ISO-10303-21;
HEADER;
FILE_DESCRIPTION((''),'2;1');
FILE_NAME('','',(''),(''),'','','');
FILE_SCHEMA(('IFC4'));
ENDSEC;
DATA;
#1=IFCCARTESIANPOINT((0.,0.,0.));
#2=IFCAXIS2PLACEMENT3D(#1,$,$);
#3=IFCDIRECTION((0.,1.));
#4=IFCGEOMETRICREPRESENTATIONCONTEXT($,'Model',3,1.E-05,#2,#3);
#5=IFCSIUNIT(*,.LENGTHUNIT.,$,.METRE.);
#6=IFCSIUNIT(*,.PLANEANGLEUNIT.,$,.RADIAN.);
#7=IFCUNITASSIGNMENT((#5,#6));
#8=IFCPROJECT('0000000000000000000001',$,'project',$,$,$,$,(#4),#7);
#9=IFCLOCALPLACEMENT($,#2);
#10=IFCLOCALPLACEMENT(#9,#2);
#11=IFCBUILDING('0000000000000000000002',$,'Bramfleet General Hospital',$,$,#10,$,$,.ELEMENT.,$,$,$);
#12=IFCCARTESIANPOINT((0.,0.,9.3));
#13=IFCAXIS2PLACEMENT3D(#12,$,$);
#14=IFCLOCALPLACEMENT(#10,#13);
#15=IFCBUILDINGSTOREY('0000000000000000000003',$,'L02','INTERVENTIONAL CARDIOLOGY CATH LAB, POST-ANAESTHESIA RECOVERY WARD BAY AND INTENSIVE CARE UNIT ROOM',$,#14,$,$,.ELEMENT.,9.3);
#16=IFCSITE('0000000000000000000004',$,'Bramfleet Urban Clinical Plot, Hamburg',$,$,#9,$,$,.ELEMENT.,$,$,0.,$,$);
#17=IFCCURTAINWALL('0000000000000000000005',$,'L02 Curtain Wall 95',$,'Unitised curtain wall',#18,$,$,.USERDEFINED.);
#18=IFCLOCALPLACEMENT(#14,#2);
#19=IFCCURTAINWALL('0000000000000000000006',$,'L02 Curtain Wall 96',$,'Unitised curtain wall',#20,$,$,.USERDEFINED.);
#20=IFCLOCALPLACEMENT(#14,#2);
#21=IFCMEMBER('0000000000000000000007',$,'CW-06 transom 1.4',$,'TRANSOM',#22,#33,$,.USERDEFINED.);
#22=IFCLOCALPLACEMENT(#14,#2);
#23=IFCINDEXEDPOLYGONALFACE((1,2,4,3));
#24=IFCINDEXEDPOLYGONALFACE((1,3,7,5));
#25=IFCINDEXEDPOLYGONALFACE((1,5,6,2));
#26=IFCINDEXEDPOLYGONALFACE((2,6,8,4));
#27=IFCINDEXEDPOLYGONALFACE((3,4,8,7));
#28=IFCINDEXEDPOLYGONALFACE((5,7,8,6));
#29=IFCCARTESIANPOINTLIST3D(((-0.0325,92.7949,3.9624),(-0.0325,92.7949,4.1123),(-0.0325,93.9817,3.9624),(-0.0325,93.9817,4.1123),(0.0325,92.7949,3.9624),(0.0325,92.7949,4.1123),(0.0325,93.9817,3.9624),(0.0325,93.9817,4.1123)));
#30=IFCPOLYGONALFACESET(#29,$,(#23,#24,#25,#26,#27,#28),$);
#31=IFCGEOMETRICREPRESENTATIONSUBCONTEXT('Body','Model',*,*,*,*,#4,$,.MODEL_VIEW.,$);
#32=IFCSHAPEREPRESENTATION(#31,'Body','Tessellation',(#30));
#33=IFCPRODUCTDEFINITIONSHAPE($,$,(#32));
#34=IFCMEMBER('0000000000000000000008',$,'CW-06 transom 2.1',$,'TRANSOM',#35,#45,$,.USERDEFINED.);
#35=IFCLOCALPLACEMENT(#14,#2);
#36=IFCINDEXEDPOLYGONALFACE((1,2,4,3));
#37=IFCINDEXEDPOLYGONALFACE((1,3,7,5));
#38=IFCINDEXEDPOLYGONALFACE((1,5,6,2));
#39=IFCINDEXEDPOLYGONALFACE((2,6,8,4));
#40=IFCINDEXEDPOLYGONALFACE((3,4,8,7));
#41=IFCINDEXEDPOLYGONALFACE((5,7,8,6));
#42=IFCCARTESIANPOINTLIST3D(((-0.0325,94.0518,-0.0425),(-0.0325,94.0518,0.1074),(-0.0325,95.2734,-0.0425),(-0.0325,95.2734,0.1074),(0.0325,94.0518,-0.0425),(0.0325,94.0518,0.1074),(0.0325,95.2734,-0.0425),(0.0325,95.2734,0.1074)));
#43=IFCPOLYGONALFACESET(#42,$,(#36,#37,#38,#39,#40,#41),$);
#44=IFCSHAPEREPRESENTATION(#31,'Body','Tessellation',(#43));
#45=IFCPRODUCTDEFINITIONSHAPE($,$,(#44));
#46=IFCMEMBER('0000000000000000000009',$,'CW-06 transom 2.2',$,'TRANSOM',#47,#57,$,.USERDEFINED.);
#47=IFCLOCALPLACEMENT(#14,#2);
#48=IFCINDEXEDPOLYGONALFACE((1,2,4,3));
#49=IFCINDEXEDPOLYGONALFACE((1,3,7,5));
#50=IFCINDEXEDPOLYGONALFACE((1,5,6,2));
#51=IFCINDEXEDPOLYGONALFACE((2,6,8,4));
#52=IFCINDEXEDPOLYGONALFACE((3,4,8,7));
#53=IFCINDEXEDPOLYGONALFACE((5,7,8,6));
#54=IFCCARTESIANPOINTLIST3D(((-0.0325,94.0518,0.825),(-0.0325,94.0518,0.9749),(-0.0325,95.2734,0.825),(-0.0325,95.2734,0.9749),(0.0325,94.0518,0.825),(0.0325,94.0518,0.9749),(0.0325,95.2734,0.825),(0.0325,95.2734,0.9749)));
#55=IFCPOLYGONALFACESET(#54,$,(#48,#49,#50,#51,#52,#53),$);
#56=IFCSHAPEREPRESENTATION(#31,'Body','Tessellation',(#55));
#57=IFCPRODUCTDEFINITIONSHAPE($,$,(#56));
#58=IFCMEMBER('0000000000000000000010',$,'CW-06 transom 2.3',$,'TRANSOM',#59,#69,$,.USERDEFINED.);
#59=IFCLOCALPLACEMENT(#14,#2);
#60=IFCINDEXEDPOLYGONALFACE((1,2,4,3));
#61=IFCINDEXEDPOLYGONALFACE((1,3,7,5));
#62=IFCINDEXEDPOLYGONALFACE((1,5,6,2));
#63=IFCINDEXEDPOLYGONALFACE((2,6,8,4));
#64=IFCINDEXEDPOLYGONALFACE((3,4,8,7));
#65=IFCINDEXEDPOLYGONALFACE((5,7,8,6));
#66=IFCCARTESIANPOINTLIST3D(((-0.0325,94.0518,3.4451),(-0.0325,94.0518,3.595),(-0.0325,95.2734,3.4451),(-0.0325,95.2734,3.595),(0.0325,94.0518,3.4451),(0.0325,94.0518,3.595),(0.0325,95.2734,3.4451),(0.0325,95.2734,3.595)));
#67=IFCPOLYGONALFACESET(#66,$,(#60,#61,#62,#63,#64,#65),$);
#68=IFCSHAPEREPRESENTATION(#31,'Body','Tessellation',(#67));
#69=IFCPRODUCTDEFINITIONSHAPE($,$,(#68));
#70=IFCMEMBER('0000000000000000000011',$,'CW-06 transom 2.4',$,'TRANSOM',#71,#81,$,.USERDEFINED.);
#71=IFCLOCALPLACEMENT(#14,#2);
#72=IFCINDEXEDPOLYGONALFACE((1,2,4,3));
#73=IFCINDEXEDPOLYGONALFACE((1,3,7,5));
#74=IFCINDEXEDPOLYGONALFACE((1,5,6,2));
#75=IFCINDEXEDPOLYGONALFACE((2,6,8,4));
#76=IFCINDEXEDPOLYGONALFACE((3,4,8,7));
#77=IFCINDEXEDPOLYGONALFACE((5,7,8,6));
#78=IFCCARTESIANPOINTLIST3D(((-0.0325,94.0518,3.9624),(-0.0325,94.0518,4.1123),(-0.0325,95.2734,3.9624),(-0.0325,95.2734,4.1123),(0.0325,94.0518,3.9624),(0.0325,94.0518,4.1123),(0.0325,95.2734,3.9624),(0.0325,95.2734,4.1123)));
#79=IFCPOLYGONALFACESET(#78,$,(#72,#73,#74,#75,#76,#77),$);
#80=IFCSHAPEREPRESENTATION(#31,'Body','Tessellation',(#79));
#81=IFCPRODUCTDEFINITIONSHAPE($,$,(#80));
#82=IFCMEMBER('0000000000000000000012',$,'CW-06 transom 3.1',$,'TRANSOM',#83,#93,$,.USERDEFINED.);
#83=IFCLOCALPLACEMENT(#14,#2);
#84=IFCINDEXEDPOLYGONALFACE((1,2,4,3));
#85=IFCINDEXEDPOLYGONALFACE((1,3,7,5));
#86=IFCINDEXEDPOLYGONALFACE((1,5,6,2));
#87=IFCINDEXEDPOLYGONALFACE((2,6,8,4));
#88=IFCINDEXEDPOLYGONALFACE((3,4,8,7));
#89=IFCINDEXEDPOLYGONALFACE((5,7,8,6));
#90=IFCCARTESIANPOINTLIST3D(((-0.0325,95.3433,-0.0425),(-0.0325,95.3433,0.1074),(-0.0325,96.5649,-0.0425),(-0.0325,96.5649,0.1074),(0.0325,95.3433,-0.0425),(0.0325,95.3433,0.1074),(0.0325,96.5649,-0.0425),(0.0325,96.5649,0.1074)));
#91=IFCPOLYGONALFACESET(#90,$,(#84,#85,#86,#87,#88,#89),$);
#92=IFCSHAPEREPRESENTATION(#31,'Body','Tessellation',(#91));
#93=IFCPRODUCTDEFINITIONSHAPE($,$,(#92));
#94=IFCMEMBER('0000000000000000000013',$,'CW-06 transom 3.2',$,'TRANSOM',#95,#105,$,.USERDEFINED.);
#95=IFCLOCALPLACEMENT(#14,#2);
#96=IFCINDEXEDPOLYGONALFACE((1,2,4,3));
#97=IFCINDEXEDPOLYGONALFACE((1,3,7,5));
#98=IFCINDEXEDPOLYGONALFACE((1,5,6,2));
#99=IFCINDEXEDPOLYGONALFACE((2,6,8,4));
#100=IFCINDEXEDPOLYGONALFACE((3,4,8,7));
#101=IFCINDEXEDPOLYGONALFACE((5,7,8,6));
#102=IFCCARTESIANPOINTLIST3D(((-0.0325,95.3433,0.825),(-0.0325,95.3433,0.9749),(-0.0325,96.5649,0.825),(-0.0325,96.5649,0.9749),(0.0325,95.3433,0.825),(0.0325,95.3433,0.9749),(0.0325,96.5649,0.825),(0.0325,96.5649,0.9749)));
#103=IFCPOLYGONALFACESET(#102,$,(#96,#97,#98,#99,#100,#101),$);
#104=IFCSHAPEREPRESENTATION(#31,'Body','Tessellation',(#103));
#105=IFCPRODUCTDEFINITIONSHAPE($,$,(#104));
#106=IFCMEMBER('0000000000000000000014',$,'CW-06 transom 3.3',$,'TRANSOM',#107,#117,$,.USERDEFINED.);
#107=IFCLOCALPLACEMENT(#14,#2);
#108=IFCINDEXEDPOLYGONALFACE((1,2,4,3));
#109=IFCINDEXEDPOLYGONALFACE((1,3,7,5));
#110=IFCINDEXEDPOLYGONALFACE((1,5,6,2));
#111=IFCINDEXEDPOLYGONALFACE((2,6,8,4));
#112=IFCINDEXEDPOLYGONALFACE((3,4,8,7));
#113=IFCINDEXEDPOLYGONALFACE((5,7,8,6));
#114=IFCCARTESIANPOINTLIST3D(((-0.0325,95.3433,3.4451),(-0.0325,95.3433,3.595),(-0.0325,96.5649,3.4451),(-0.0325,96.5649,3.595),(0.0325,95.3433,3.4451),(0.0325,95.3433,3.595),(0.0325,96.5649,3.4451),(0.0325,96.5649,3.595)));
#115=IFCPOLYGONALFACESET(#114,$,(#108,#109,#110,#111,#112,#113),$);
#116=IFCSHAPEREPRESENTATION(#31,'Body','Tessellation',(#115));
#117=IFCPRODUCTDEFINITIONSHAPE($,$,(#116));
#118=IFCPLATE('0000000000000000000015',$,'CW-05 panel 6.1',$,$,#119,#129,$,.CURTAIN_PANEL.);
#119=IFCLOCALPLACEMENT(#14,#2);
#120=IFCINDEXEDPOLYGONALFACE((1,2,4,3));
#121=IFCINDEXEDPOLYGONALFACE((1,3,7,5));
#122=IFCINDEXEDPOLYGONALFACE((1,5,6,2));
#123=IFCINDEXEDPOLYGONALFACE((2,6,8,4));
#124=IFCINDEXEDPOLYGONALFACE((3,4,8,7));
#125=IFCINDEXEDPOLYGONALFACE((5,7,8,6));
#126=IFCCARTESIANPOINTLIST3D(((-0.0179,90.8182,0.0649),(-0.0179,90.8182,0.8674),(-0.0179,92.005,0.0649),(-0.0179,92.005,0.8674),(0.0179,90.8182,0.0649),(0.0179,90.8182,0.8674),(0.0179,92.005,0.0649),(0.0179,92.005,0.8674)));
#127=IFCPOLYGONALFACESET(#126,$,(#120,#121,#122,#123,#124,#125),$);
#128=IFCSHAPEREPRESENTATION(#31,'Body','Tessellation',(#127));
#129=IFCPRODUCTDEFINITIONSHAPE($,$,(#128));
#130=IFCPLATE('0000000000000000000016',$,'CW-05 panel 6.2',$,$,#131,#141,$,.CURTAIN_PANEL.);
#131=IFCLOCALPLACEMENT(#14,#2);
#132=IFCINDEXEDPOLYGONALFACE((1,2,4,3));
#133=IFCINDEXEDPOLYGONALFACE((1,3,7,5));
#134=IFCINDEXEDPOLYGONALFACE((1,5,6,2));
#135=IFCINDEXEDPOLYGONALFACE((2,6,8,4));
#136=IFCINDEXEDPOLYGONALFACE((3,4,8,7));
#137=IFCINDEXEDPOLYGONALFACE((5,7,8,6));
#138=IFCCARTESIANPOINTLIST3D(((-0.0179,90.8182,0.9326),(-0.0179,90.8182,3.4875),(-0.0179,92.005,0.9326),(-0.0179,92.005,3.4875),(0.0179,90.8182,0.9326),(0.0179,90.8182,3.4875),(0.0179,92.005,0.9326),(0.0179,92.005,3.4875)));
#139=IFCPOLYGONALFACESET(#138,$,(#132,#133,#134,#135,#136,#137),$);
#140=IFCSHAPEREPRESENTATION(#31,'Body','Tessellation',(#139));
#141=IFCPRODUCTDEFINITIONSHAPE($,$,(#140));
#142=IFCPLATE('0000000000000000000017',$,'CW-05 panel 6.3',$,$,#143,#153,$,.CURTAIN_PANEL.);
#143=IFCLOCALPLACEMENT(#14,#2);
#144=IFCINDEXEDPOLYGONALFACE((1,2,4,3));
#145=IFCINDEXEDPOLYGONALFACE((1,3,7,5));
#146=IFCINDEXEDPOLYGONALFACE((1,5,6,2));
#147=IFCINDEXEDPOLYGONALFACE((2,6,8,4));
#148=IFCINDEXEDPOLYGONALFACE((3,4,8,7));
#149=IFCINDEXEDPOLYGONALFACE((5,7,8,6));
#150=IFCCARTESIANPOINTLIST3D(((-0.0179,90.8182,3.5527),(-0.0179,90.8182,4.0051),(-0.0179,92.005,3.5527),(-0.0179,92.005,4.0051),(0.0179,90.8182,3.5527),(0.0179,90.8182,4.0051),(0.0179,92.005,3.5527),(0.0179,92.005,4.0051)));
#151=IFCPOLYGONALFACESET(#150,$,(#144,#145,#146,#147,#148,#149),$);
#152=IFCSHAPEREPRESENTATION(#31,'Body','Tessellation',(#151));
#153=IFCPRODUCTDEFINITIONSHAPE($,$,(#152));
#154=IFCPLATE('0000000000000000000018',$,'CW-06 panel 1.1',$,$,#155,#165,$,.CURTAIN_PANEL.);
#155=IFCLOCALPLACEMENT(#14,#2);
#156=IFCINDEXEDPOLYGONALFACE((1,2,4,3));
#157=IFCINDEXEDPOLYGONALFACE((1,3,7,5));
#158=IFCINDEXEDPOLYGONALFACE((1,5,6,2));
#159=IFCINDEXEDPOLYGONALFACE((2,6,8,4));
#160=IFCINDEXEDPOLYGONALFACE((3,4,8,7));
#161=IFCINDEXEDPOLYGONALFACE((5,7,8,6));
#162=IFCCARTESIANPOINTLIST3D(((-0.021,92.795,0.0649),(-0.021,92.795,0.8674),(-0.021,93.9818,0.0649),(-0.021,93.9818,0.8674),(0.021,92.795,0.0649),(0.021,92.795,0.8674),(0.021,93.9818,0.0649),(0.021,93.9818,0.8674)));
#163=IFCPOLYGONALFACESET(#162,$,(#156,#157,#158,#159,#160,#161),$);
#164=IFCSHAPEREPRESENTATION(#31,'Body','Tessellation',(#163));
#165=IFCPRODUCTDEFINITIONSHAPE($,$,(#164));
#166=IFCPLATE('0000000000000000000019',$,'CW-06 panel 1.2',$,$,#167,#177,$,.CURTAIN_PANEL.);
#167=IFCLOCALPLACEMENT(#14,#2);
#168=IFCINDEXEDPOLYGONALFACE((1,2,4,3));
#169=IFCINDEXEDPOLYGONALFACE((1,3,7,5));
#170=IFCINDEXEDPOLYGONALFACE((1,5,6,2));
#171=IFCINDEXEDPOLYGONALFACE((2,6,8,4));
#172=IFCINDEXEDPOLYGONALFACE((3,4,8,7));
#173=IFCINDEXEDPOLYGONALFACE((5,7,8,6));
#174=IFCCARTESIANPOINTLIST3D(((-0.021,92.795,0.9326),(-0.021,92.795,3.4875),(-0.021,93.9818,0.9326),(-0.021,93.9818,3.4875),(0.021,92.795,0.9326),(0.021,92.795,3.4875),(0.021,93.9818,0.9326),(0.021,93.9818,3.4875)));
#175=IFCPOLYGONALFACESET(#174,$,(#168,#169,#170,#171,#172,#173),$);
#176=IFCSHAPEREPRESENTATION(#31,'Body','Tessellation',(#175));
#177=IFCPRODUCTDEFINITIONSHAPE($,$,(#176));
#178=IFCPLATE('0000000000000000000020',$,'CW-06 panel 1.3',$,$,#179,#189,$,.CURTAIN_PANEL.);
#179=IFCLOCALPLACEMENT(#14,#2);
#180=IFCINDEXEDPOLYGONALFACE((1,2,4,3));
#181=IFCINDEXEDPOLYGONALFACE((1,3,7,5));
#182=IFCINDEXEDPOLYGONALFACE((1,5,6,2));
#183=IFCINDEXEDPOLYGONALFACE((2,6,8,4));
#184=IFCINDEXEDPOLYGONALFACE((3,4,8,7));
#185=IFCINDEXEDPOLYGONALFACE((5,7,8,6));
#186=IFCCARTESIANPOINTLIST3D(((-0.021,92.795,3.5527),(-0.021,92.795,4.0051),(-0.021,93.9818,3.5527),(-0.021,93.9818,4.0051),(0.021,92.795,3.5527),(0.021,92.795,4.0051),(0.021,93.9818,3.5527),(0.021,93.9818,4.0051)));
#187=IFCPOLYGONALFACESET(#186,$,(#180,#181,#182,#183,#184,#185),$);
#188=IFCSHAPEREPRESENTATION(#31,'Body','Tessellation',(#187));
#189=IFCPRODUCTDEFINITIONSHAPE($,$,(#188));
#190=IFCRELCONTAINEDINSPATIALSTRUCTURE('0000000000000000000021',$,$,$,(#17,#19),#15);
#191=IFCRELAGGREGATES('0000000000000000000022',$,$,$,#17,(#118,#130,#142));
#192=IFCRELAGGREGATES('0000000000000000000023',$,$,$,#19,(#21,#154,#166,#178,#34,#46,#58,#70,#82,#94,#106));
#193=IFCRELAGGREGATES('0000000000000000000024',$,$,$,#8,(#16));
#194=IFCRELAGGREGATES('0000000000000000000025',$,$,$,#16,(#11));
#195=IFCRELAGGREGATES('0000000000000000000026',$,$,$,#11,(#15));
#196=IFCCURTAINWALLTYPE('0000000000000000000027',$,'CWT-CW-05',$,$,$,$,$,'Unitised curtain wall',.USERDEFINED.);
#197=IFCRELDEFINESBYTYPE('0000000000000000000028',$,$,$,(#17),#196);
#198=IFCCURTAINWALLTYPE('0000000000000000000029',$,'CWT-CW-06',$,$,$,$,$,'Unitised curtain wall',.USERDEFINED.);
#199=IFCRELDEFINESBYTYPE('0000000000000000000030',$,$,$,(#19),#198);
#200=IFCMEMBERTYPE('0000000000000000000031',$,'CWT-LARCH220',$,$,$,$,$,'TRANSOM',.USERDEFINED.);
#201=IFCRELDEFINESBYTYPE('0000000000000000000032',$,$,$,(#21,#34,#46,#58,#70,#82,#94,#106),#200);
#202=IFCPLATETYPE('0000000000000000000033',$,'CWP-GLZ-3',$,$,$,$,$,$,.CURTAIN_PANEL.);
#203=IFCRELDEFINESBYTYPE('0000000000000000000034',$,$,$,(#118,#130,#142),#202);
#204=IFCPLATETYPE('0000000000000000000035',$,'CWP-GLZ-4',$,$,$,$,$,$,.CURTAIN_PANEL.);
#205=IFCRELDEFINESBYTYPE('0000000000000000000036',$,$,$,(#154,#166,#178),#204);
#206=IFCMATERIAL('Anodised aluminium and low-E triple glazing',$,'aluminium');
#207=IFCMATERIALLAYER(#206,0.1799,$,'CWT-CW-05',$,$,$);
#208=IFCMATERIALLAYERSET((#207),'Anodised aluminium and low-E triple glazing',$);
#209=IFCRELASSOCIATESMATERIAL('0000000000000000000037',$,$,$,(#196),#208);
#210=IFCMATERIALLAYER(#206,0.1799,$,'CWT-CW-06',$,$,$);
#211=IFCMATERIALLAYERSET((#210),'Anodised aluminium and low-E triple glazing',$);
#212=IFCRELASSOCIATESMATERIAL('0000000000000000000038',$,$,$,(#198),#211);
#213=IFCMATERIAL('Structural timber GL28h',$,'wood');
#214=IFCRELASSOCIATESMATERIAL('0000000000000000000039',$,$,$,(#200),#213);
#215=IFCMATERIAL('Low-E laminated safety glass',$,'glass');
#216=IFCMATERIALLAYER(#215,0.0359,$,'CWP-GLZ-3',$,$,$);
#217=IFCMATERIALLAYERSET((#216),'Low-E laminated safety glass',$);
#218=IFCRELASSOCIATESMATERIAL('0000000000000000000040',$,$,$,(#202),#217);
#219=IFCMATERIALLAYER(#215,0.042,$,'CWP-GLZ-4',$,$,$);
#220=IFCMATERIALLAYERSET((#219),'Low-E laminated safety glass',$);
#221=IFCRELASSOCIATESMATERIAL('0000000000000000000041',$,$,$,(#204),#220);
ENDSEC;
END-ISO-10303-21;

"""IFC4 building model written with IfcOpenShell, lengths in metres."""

from ifc_helpers import new_model, si_unit, direction, frame, origin, origin_2d, place, context, subcontext, project, spatial, rectangle, extrude, material, layer, layer_set, material_profile, profile_set, type_object, element, aggregate, save


model = new_model("IFC4")

# Units and contexts
model_context = context("Model", 3, precision=1e-05, world=origin(), true_north=direction((0.0, 1.0)))
body_context = subcontext(model_context, "Body", "Model", "MODEL_VIEW")
ifc_project = project(units=[si_unit("LENGTHUNIT", "METRE"), si_unit("PLANEANGLEUNIT", "RADIAN")], contexts=[model_context])

# Site, building, storey
site_placement = place(None, origin())
site = spatial("IfcSite", under=ifc_project, at=site_placement, Name="Bramfleet Urban Clinical Plot, Hamburg", CompositionType="ELEMENT", RefElevation=0.0)
building_placement = place(site_placement, origin())
building = spatial("IfcBuilding", under=site, at=building_placement, Name="Bramfleet General Hospital", CompositionType="ELEMENT")
storey_placement = place(building_placement, frame((0.0, 0.0, 9.3)))
storey = spatial("IfcBuildingStorey", under=building, at=storey_placement, Name="L02", Description="INTERVENTIONAL CARDIOLOGY CATH LAB, POST-ANAESTHESIA RECOVERY WARD BAY AND INTENSIVE CARE UNIT ROOM", CompositionType="ELEMENT", Elevation=9.3)

# Curtain walls
ifc_material_1 = material(Name="Anodised aluminium and low-E triple glazing", Category="aluminium")
ifc_layer_1 = layer(ifc_material_1, 0.1799, Name="CWT-CW-05")
ifc_layer_set_1 = layer_set([ifc_layer_1], Name="Anodised aluminium and low-E triple glazing")
curtain_wall_type_1 = type_object("IfcCurtainWallType", Name="CWT-CW-05", ElementType="Unitised curtain wall", PredefinedType="USERDEFINED", material=ifc_layer_set_1)
curtain_wall_1_placement = place(storey_placement, origin())
curtain_wall_1 = element("IfcCurtainWall", 1, at=curtain_wall_1_placement, inside=storey, type_object=curtain_wall_type_1, Name="L02 Curtain Wall 95", ObjectType="Unitised curtain wall", PredefinedType="USERDEFINED")
ifc_material_2 = material(Name="Structural timber GL28h", Category="wood")
ifc_layer_2 = layer(ifc_material_1, 0.1799, Name="CWT-CW-06")
ifc_layer_set_2 = layer_set([ifc_layer_2], Name="Anodised aluminium and low-E triple glazing")
curtain_wall_type_2 = type_object("IfcCurtainWallType", Name="CWT-CW-06", ElementType="Unitised curtain wall", PredefinedType="USERDEFINED", material=ifc_layer_set_2)
curtain_wall_2_placement = place(storey_placement, origin())
curtain_wall_2 = element("IfcCurtainWall", 2, at=curtain_wall_2_placement, inside=storey, type_object=curtain_wall_type_2, Name="L02 Curtain Wall 96", ObjectType="Unitised curtain wall", PredefinedType="USERDEFINED")

# Members
ifc_material_profile_1 = material_profile(ifc_material_2, rectangle(XDim=0.0649, YDim=0.1499, at=origin_2d()), Name="LARCH 150x65")
ifc_profile_set_1 = profile_set([ifc_material_profile_1], Name="Structural timber GL28h")
member_type_1 = type_object("IfcMemberType", Name="CWT-LARCH220", ElementType="TRANSOM", PredefinedType="USERDEFINED", material=ifc_profile_set_1)
member_1_placement = place(storey_placement, frame((0.0, 92.7949, 4.0374), z_axis=(0.0, 1.0, 0.0), x_axis=(-1.0, 0.0, 0.0)))
member_1 = element("IfcMember", 3, at=member_1_placement, type_object=member_type_1, Name="CW-06 transom 1.4", ObjectType="TRANSOM", PredefinedType="USERDEFINED", context=body_context, shape_type="SweptSolid", body=[
    extrude(rectangle(XDim=0.0649, YDim=0.1499, at=origin_2d()), origin(), (0.0, 0.0, 1.0), 1.1868),
])
member_2_placement = place(storey_placement, frame((0.0, 94.0518, 0.0325), z_axis=(0.0, 1.0, 0.0), x_axis=(-1.0, 0.0, 0.0)))
member_2 = element("IfcMember", 4, at=member_2_placement, type_object=member_type_1, Name="CW-06 transom 2.1", ObjectType="TRANSOM", PredefinedType="USERDEFINED", context=body_context, shape_type="SweptSolid", body=[
    extrude(rectangle(XDim=0.0649, YDim=0.1499, at=origin_2d()), origin(), (0.0, 0.0, 1.0), 1.2217),
])
member_3_placement = place(storey_placement, frame((0.0, 94.0518, 0.8999), z_axis=(0.0, 1.0, 0.0), x_axis=(-1.0, 0.0, 0.0)))
member_3 = element("IfcMember", 5, at=member_3_placement, type_object=member_type_1, Name="CW-06 transom 2.2", ObjectType="TRANSOM", PredefinedType="USERDEFINED", context=body_context, shape_type="SweptSolid", body=[
    extrude(rectangle(XDim=0.0649, YDim=0.1499, at=origin_2d()), origin(), (0.0, 0.0, 1.0), 1.2217),
])
member_4_placement = place(storey_placement, frame((0.0, 94.0518, 3.52), z_axis=(0.0, 1.0, 0.0), x_axis=(-1.0, 0.0, 0.0)))
member_4 = element("IfcMember", 6, at=member_4_placement, type_object=member_type_1, Name="CW-06 transom 2.3", ObjectType="TRANSOM", PredefinedType="USERDEFINED", context=body_context, shape_type="SweptSolid", body=[
    extrude(rectangle(XDim=0.0649, YDim=0.1499, at=origin_2d()), origin(), (0.0, 0.0, 1.0), 1.2217),
])
member_5_placement = place(storey_placement, frame((0.0, 94.0518, 4.0374), z_axis=(0.0, 1.0, 0.0), x_axis=(-1.0, 0.0, 0.0)))
member_5 = element("IfcMember", 7, at=member_5_placement, type_object=member_type_1, Name="CW-06 transom 2.4", ObjectType="TRANSOM", PredefinedType="USERDEFINED", context=body_context, shape_type="SweptSolid", body=[
    extrude(rectangle(XDim=0.0649, YDim=0.1499, at=origin_2d()), origin(), (0.0, 0.0, 1.0), 1.2217),
])
member_6_placement = place(storey_placement, frame((0.0, 95.3433, 0.0325), z_axis=(0.0, 1.0, 0.0), x_axis=(-1.0, 0.0, 0.0)))
member_6 = element("IfcMember", 8, at=member_6_placement, type_object=member_type_1, Name="CW-06 transom 3.1", ObjectType="TRANSOM", PredefinedType="USERDEFINED", context=body_context, shape_type="SweptSolid", body=[
    extrude(rectangle(XDim=0.0649, YDim=0.1499, at=origin_2d()), origin(), (0.0, 0.0, 1.0), 1.2217),
])
member_7_placement = place(storey_placement, frame((0.0, 95.3433, 0.8999), z_axis=(0.0, 1.0, 0.0), x_axis=(-1.0, 0.0, 0.0)))
member_7 = element("IfcMember", 9, at=member_7_placement, type_object=member_type_1, Name="CW-06 transom 3.2", ObjectType="TRANSOM", PredefinedType="USERDEFINED", context=body_context, shape_type="SweptSolid", body=[
    extrude(rectangle(XDim=0.0649, YDim=0.1499, at=origin_2d()), origin(), (0.0, 0.0, 1.0), 1.2217),
])
member_8_placement = place(storey_placement, frame((0.0, 95.3433, 3.52), z_axis=(0.0, 1.0, 0.0), x_axis=(-1.0, 0.0, 0.0)))
member_8 = element("IfcMember", 10, at=member_8_placement, type_object=member_type_1, Name="CW-06 transom 3.3", ObjectType="TRANSOM", PredefinedType="USERDEFINED", context=body_context, shape_type="SweptSolid", body=[
    extrude(rectangle(XDim=0.0649, YDim=0.1499, at=origin_2d()), origin(), (0.0, 0.0, 1.0), 1.2217),
])

# Plates
ifc_material_3 = material(Name="Low-E laminated safety glass", Category="glass")
ifc_layer_3 = layer(ifc_material_3, 0.0359, Name="CWP-GLZ-3")
ifc_layer_set_3 = layer_set([ifc_layer_3], Name="Low-E laminated safety glass")
plate_type_1 = type_object("IfcPlateType", Name="CWP-GLZ-3", PredefinedType="CURTAIN_PANEL", material=ifc_layer_set_3)
plate_1_placement = place(storey_placement, frame((0.0, 91.4116, 0.0649), z_axis=(0.0, 0.0, 1.0), x_axis=(0.0, 1.0, 0.0)))
plate_1 = element("IfcPlate", 11, at=plate_1_placement, type_object=plate_type_1, Name="CW-05 panel 6.1", PredefinedType="CURTAIN_PANEL", context=body_context, shape_type="SweptSolid", body=[
    extrude(rectangle(XDim=1.1868, YDim=0.0359, at=origin_2d()), origin(), (0.0, 0.0, 1.0), 0.8025),
])
plate_2_placement = place(storey_placement, frame((0.0, 91.4116, 0.9326), z_axis=(0.0, 0.0, 1.0), x_axis=(0.0, 1.0, 0.0)))
plate_2 = element("IfcPlate", 12, at=plate_2_placement, type_object=plate_type_1, Name="CW-05 panel 6.2", PredefinedType="CURTAIN_PANEL", context=body_context, shape_type="SweptSolid", body=[
    extrude(rectangle(XDim=1.1868, YDim=0.0359, at=origin_2d()), origin(), (0.0, 0.0, 1.0), 2.5549),
])
plate_3_placement = place(storey_placement, frame((0.0, 91.4116, 3.5527), z_axis=(0.0, 0.0, 1.0), x_axis=(0.0, 1.0, 0.0)))
plate_3 = element("IfcPlate", 13, at=plate_3_placement, type_object=plate_type_1, Name="CW-05 panel 6.3", PredefinedType="CURTAIN_PANEL", context=body_context, shape_type="SweptSolid", body=[
    extrude(rectangle(XDim=1.1868, YDim=0.0359, at=origin_2d()), origin(), (0.0, 0.0, 1.0), 0.4524),
])
aggregate(curtain_wall_1, [plate_1, plate_2, plate_3])
ifc_layer_4 = layer(ifc_material_3, 0.042, Name="CWP-GLZ-4")
ifc_layer_set_4 = layer_set([ifc_layer_4], Name="Low-E laminated safety glass")
plate_type_2 = type_object("IfcPlateType", Name="CWP-GLZ-4", PredefinedType="CURTAIN_PANEL", material=ifc_layer_set_4)
plate_4_placement = place(storey_placement, frame((0.0, 93.3884, 0.0649), z_axis=(0.0, 0.0, 1.0), x_axis=(0.0, 1.0, 0.0)))
plate_4 = element("IfcPlate", 14, at=plate_4_placement, type_object=plate_type_2, Name="CW-06 panel 1.1", PredefinedType="CURTAIN_PANEL", context=body_context, shape_type="SweptSolid", body=[
    extrude(rectangle(XDim=1.1868, YDim=0.042, at=origin_2d()), origin(), (0.0, 0.0, 1.0), 0.8025),
])
plate_5_placement = place(storey_placement, frame((0.0, 93.3884, 0.9326), z_axis=(0.0, 0.0, 1.0), x_axis=(0.0, 1.0, 0.0)))
plate_5 = element("IfcPlate", 15, at=plate_5_placement, type_object=plate_type_2, Name="CW-06 panel 1.2", PredefinedType="CURTAIN_PANEL", context=body_context, shape_type="SweptSolid", body=[
    extrude(rectangle(XDim=1.1868, YDim=0.042, at=origin_2d()), origin(), (0.0, 0.0, 1.0), 2.5549),
])
plate_6_placement = place(storey_placement, frame((0.0, 93.3884, 3.5527), z_axis=(0.0, 0.0, 1.0), x_axis=(0.0, 1.0, 0.0)))
plate_6 = element("IfcPlate", 16, at=plate_6_placement, type_object=plate_type_2, Name="CW-06 panel 1.3", PredefinedType="CURTAIN_PANEL", context=body_context, shape_type="SweptSolid", body=[
    extrude(rectangle(XDim=1.1868, YDim=0.042, at=origin_2d()), origin(), (0.0, 0.0, 1.0), 0.4524),
])
aggregate(curtain_wall_2, [member_1, plate_4, plate_5, plate_6, member_2, member_3, member_4, member_5, member_6, member_7, member_8])

save(model, "model.ifc")
